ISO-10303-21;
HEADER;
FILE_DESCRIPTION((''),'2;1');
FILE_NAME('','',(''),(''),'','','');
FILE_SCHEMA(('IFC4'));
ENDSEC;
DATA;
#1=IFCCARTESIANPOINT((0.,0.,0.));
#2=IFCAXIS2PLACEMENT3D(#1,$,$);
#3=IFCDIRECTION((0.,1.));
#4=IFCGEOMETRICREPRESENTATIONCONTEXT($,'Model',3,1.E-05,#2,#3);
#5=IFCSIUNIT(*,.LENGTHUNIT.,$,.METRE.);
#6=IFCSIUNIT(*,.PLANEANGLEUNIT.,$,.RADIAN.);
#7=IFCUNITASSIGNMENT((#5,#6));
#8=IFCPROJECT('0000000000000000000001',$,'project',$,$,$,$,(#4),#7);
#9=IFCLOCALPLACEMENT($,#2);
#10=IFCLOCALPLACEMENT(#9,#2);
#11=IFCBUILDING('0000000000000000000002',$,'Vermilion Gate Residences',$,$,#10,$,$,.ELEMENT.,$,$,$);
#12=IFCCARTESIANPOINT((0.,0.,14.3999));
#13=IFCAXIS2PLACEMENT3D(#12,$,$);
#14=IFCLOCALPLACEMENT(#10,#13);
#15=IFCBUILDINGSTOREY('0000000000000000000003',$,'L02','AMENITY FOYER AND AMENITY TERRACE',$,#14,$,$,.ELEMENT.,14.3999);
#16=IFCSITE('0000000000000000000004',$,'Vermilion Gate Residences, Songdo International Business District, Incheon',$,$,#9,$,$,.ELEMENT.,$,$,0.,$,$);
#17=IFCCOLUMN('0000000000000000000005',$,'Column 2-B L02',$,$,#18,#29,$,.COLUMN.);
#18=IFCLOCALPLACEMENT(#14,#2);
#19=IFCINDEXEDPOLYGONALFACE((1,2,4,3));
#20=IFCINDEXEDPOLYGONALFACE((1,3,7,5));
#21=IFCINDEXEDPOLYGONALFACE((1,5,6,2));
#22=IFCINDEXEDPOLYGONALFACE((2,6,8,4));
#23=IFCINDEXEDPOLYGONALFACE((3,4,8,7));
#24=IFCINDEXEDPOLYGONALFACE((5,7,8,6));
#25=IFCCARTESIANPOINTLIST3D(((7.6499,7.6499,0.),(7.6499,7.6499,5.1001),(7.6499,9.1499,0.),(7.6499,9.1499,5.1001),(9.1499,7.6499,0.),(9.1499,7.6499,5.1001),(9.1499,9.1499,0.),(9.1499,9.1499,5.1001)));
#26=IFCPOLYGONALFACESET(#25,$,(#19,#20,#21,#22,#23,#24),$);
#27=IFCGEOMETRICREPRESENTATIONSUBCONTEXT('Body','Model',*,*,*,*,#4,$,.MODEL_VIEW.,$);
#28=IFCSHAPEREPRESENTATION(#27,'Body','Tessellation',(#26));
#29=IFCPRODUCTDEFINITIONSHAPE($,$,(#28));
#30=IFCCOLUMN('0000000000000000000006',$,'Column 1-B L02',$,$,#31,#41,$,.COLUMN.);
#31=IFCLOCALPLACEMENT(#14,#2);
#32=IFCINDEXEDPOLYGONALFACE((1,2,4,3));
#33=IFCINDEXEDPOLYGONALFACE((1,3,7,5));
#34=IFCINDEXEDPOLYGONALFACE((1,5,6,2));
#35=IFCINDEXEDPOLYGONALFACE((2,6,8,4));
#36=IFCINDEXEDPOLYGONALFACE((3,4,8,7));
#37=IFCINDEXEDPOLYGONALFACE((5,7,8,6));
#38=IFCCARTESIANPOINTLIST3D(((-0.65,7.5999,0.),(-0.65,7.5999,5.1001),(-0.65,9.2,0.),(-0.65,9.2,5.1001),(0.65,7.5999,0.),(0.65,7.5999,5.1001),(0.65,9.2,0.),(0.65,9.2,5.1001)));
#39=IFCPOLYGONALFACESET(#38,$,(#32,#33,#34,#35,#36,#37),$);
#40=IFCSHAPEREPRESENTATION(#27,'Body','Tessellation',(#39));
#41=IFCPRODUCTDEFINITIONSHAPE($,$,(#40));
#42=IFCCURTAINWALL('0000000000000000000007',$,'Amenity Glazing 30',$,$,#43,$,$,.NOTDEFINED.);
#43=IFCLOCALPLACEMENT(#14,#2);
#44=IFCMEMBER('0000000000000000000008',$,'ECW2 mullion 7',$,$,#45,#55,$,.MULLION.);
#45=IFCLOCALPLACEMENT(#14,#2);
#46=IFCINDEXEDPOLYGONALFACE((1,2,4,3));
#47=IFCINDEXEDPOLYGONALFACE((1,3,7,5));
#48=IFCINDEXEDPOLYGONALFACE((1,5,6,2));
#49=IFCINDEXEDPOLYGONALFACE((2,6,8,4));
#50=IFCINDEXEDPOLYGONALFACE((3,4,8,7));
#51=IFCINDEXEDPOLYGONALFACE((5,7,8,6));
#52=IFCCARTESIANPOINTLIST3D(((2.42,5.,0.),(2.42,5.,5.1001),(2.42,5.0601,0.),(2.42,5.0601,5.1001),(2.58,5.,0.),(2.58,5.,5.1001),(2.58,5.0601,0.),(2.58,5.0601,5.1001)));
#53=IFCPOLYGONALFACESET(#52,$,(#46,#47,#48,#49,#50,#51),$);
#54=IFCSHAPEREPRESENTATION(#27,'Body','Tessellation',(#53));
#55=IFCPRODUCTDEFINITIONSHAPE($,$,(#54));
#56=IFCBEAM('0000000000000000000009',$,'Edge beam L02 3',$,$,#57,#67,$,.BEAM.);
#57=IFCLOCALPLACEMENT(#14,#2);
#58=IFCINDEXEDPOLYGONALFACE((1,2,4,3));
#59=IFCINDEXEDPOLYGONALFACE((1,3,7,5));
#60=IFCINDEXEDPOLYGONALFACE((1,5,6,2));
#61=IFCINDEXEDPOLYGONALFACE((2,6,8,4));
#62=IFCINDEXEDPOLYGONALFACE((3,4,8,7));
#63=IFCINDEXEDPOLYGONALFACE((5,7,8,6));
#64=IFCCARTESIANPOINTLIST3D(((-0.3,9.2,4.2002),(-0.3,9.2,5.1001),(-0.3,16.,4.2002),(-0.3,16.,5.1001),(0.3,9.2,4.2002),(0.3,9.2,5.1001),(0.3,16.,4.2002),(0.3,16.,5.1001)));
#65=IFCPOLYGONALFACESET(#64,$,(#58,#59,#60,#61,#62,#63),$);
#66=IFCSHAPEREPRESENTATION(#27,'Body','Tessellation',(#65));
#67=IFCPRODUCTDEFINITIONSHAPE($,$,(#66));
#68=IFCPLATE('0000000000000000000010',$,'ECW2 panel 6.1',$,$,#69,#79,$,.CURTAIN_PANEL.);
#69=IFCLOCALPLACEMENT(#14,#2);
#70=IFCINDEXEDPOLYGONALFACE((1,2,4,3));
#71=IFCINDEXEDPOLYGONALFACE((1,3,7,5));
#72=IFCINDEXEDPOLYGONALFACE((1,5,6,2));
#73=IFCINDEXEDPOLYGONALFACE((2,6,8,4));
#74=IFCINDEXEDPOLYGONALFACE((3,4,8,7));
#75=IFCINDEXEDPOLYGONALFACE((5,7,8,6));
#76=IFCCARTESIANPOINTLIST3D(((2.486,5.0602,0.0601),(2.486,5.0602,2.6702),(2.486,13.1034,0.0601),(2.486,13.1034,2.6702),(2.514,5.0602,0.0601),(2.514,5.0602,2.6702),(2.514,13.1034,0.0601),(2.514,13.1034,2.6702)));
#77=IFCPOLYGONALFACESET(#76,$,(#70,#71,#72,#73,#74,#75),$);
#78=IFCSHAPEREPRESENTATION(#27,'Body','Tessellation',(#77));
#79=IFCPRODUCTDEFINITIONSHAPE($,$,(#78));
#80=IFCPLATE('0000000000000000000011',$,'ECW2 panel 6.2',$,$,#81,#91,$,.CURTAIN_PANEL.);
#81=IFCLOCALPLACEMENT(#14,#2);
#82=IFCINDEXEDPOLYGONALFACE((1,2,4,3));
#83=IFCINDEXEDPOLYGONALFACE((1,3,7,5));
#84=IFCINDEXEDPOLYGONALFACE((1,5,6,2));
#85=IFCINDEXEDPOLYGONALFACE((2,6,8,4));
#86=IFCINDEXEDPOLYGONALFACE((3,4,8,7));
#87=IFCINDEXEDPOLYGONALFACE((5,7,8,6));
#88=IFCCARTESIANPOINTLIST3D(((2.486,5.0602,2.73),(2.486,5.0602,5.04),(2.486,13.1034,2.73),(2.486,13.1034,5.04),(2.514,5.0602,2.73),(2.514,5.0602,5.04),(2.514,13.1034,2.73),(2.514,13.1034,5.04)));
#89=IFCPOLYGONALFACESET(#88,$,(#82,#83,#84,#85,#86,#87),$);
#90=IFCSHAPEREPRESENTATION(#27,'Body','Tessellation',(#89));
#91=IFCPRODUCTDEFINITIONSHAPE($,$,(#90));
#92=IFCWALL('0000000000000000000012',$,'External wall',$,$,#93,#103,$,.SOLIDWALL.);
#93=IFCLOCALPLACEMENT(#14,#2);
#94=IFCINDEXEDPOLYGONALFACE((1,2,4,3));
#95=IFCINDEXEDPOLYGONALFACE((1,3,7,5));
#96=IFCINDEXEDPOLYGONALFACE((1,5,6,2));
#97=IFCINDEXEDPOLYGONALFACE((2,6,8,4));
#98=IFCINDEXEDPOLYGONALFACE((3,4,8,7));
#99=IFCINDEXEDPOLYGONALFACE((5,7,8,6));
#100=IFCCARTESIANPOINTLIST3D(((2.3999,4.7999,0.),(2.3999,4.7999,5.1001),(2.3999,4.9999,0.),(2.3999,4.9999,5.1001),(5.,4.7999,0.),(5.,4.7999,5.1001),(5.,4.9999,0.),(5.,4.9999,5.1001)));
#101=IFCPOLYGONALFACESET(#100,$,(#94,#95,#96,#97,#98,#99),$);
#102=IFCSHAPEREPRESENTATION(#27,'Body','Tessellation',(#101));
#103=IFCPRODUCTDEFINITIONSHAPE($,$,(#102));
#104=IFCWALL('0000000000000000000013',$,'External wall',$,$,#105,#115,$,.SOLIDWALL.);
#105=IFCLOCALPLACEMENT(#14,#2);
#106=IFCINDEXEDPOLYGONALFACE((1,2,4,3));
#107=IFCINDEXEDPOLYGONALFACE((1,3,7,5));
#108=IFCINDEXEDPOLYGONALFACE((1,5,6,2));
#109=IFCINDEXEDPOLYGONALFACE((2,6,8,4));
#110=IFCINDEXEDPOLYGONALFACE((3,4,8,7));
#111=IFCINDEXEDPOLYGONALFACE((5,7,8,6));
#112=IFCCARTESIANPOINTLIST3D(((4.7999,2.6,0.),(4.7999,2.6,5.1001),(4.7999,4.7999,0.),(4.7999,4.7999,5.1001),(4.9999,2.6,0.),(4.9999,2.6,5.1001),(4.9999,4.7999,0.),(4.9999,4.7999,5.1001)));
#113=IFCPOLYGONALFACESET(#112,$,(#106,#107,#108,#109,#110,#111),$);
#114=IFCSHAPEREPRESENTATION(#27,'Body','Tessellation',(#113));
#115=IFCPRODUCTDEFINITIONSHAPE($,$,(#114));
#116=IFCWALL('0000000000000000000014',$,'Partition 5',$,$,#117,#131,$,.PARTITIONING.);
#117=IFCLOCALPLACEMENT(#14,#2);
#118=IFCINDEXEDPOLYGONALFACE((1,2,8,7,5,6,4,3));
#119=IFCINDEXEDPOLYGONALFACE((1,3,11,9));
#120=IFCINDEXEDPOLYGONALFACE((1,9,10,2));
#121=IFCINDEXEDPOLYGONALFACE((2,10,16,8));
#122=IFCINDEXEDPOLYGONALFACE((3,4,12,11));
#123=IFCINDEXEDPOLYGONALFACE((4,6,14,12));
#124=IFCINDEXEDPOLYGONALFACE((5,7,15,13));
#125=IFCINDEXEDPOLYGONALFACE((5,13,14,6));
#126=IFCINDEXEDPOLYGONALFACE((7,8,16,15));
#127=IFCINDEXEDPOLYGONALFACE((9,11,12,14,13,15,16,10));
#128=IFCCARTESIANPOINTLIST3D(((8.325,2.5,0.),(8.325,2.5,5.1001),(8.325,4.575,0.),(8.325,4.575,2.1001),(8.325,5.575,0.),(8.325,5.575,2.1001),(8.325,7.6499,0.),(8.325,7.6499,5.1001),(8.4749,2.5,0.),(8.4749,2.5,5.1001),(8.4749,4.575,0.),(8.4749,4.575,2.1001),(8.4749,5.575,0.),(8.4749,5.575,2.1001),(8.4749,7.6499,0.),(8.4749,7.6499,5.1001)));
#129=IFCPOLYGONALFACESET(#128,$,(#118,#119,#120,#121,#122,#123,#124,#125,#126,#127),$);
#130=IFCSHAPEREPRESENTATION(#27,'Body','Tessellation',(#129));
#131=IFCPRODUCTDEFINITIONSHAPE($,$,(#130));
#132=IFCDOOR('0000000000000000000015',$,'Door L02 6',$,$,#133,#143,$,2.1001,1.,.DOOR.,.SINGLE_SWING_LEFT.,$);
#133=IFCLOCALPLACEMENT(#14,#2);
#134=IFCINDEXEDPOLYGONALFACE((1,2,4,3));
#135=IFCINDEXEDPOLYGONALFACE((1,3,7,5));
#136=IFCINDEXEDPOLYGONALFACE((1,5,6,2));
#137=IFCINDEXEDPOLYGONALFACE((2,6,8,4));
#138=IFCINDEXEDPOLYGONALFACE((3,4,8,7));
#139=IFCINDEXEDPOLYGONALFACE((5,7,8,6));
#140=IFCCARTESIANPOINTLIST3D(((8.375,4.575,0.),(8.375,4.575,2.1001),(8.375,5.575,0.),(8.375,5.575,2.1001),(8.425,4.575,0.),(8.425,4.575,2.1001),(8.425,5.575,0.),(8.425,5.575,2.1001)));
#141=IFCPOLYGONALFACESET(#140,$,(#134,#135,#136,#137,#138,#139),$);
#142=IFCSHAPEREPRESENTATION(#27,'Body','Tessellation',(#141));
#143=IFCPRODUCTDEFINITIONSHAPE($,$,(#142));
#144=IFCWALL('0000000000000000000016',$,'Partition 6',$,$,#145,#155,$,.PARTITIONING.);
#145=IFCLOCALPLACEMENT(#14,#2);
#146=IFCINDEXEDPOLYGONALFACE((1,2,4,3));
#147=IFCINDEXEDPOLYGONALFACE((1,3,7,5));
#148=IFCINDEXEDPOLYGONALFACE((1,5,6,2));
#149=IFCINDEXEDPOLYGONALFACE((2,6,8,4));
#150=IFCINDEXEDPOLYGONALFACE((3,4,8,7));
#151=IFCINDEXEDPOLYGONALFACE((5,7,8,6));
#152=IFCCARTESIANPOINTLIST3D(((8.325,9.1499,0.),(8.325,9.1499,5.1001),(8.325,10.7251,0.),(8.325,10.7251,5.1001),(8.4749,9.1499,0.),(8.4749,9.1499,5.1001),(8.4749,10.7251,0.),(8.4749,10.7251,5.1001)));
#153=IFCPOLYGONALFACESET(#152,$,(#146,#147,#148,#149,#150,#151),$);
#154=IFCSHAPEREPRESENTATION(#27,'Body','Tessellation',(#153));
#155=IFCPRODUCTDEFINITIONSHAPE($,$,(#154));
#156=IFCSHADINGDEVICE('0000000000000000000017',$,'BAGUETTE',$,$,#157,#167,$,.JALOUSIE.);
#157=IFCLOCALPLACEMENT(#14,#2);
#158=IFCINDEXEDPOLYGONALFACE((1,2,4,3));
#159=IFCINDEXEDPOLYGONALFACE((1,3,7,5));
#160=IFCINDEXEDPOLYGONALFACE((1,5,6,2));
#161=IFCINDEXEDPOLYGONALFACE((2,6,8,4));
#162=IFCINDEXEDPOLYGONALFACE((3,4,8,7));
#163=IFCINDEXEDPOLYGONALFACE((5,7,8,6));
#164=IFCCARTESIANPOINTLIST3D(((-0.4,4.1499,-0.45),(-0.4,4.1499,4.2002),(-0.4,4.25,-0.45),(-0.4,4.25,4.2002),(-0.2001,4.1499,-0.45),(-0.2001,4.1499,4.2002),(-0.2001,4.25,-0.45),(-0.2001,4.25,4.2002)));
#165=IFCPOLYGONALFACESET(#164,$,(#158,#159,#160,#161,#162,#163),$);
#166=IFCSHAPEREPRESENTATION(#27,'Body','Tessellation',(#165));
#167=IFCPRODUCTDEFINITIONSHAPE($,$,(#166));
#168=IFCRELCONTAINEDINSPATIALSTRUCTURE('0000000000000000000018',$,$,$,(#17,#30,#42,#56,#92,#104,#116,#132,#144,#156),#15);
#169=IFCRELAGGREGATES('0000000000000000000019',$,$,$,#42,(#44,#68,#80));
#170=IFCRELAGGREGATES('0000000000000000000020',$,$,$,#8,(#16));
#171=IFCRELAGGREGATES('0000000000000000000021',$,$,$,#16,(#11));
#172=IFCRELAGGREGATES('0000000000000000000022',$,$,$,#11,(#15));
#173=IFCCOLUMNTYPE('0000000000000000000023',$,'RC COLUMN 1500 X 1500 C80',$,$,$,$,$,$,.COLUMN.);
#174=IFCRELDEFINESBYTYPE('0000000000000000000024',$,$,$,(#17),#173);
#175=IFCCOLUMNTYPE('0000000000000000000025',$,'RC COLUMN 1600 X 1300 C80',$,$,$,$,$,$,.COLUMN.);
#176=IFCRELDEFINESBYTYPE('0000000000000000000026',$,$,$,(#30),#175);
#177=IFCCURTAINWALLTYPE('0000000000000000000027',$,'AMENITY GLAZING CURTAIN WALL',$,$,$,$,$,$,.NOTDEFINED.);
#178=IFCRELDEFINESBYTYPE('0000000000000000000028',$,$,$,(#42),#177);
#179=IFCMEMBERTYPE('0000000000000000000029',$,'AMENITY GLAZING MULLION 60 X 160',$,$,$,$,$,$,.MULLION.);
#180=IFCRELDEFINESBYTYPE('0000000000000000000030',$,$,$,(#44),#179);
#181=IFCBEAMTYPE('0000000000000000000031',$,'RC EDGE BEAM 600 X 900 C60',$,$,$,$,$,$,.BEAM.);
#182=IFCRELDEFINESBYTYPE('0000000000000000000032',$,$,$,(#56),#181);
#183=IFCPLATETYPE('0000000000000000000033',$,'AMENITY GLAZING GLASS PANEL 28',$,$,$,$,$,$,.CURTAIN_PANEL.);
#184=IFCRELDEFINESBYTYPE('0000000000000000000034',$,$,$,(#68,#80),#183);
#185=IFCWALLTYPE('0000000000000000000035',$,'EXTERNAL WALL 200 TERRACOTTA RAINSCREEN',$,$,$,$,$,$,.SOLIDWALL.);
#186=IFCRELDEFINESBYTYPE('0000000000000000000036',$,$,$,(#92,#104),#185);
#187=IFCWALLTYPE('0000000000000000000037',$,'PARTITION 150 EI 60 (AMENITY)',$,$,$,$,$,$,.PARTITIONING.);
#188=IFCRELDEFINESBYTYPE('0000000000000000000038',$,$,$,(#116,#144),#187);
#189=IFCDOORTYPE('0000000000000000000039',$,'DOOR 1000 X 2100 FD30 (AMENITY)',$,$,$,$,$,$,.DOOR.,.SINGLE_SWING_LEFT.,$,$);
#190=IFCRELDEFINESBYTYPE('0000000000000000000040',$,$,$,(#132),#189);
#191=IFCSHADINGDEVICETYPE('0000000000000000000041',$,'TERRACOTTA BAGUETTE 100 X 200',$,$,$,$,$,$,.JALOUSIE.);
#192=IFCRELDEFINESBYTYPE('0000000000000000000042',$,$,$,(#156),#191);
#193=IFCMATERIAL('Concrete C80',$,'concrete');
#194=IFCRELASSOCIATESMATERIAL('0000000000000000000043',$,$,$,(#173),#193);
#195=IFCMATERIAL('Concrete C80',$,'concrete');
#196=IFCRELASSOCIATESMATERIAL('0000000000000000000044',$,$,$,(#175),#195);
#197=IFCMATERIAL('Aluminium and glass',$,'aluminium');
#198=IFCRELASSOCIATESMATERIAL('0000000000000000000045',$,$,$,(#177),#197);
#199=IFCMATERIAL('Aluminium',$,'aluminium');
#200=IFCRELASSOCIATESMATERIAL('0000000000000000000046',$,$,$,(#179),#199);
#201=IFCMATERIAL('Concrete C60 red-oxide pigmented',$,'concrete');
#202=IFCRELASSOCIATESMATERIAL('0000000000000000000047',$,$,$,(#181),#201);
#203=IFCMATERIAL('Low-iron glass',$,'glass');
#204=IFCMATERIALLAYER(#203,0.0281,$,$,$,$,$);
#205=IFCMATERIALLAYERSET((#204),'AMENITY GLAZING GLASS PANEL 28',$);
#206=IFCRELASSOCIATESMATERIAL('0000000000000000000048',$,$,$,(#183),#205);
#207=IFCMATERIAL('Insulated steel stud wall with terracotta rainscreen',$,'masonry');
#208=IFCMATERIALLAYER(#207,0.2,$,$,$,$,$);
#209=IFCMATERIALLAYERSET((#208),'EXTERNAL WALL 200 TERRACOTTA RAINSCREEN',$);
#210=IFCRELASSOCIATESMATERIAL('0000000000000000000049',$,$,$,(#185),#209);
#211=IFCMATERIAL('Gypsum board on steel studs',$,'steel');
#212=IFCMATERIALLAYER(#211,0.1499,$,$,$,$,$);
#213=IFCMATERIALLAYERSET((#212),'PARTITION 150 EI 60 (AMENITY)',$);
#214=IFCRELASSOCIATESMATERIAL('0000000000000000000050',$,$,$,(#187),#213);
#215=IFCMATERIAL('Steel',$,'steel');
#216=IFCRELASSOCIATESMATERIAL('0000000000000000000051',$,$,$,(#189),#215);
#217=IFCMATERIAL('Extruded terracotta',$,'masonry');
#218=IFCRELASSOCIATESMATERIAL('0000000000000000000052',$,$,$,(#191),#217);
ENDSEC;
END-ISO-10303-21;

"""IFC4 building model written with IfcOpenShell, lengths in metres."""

from ifc_helpers import new_model, si_unit, direction, frame, frame_2d, origin, origin_2d, place, context, subcontext, project, spatial, rectangle, extrude, material, layer, layer_set, material_profile, profile_set, type_object, element, fill, aggregate, save


model = new_model("IFC4")

# Units and contexts
model_context = context("Model", 3, precision=1e-05, world=origin(), true_north=direction((0.0, 1.0)))
body_context = subcontext(model_context, "Body", "Model", "MODEL_VIEW")
ifc_project = project(units=[si_unit("LENGTHUNIT", "METRE"), si_unit("PLANEANGLEUNIT", "RADIAN")], contexts=[model_context])

# Site, building, storey
site_placement = place(None, origin())
site = spatial("IfcSite", under=ifc_project, at=site_placement, Name="Vermilion Gate Residences, Songdo International Business District, Incheon", CompositionType="ELEMENT", RefElevation=0.0)
building_placement = place(site_placement, origin())
building = spatial("IfcBuilding", under=site, at=building_placement, Name="Vermilion Gate Residences", CompositionType="ELEMENT")
storey_placement = place(building_placement, frame((0.0, 0.0, 14.3999)))
storey = spatial("IfcBuildingStorey", under=building, at=storey_placement, Name="L02", Description="AMENITY FOYER AND AMENITY TERRACE", CompositionType="ELEMENT", Elevation=14.3999)

# Columns
ifc_material_1 = material(Name="Concrete C80", Category="concrete")
ifc_material_profile_1 = material_profile(ifc_material_1, rectangle(XDim=1.5, YDim=1.5, at=origin_2d()), Name="RC-1500x1500")
ifc_profile_set_1 = profile_set([ifc_material_profile_1], Name="Concrete C80")
column_type_1 = type_object("IfcColumnType", Name="RC COLUMN 1500 X 1500 C80", PredefinedType="COLUMN", material=ifc_profile_set_1)
column_1_placement = place(storey_placement, frame((8.3999, 8.3999, 0.0), z_axis=(0.0, 0.0, 1.0), x_axis=(1.0, 0.0, 0.0)))
element("IfcColumn", 1, at=column_1_placement, inside=storey, type_object=column_type_1, Name="Column 2-B L02", PredefinedType="COLUMN", context=body_context, shape_type="SweptSolid", body=[
    extrude(rectangle(XDim=1.5, YDim=1.5, at=origin_2d()), origin(), (0.0, 0.0, 1.0), 5.1001),
])
ifc_material_2 = material(Name="Concrete C80", Category="concrete")
ifc_material_profile_2 = material_profile(ifc_material_2, rectangle(XDim=1.6001, YDim=1.3, at=origin_2d()), Name="RC-1600x1300")
ifc_profile_set_2 = profile_set([ifc_material_profile_2], Name="Concrete C80")
column_type_2 = type_object("IfcColumnType", Name="RC COLUMN 1600 X 1300 C80", PredefinedType="COLUMN", material=ifc_profile_set_2)
column_2_placement = place(storey_placement, frame((0.0, 8.3999, 0.0), z_axis=(0.0, 0.0, 1.0), x_axis=(0.0, 1.0, 0.0)))
element("IfcColumn", 2, at=column_2_placement, inside=storey, type_object=column_type_2, Name="Column 1-B L02", PredefinedType="COLUMN", context=body_context, shape_type="SweptSolid", body=[
    extrude(rectangle(XDim=1.6001, YDim=1.3, at=origin_2d()), origin(), (0.0, 0.0, 1.0), 5.1001),
])

# Curtain wall, member
ifc_material_3 = material(Name="Aluminium and glass", Category="aluminium")
curtain_wall_type = type_object("IfcCurtainWallType", Name="AMENITY GLAZING CURTAIN WALL", PredefinedType="NOTDEFINED", material=ifc_material_3)
curtain_wall_placement = place(storey_placement, origin())
curtain_wall = element("IfcCurtainWall", 3, at=curtain_wall_placement, inside=storey, type_object=curtain_wall_type, Name="Amenity Glazing 30", PredefinedType="NOTDEFINED")
ifc_material_4 = material(Name="Aluminium", Category="aluminium")
ifc_material_profile_3 = material_profile(ifc_material_4, rectangle(XDim=0.1599, YDim=0.0601, at=origin_2d()), Name="MULLION 60 X 160")
ifc_profile_set_3 = profile_set([ifc_material_profile_3], Name="Aluminium")
member_type = type_object("IfcMemberType", Name="AMENITY GLAZING MULLION 60 X 160", PredefinedType="MULLION", material=ifc_profile_set_3)
member_placement = place(storey_placement, frame((2.5, 5.03, 0.0), z_axis=(0.0, 0.0, 1.0), x_axis=(1.0, 0.0, 0.0)))
member = element("IfcMember", 4, at=member_placement, type_object=member_type, Name="ECW2 mullion 7", PredefinedType="MULLION", context=body_context, shape_type="SweptSolid", body=[
    extrude(rectangle(XDim=0.1599, YDim=0.0601, at=origin_2d()), origin(), (0.0, 0.0, 1.0), 5.1001),
])

# Beam
ifc_material_5 = material(Name="Concrete C60 red-oxide pigmented", Category="concrete")
ifc_material_profile_4 = material_profile(ifc_material_5, rectangle(XDim=0.6001, YDim=0.8999, at=origin_2d()), Name="RC-600x900")
ifc_profile_set_4 = profile_set([ifc_material_profile_4], Name="Concrete C60 red-oxide pigmented")
beam_type = type_object("IfcBeamType", Name="RC EDGE BEAM 600 X 900 C60", PredefinedType="BEAM", material=ifc_profile_set_4)
beam_placement = place(storey_placement, frame((0.0, 9.2, 4.6501), z_axis=(0.0, 1.0, 0.0), x_axis=(-1.0, 0.0, 0.0)))
element("IfcBeam", 5, at=beam_placement, inside=storey, type_object=beam_type, Name="Edge beam L02 3", PredefinedType="BEAM", context=body_context, shape_type="SweptSolid", body=[
    extrude(rectangle(XDim=0.6001, YDim=0.8999, at=origin_2d()), origin(), (0.0, 0.0, 1.0), 6.8),
])

# Plates
ifc_material_6 = material(Name="Low-iron glass", Category="glass")
ifc_layer_1 = layer(ifc_material_6, 0.0281)
ifc_layer_set_1 = layer_set([ifc_layer_1], Name="AMENITY GLAZING GLASS PANEL 28")
plate_type = type_object("IfcPlateType", Name="AMENITY GLAZING GLASS PANEL 28", PredefinedType="CURTAIN_PANEL", material=ifc_layer_set_1)
plate_1_placement = place(storey_placement, frame((2.5, 9.0818, 0.0601), z_axis=(0.0, 0.0, 1.0), x_axis=(0.0, -1.0, 0.0)))
plate_1 = element("IfcPlate", 6, at=plate_1_placement, type_object=plate_type, Name="ECW2 panel 6.1", PredefinedType="CURTAIN_PANEL", context=body_context, shape_type="SweptSolid", body=[
    extrude(rectangle(XDim=8.0432, YDim=0.0281, at=origin_2d()), origin(), (0.0, 0.0, 1.0), 2.6101),
])
plate_2_placement = place(storey_placement, frame((2.5, 9.0818, 2.73), z_axis=(0.0, 0.0, 1.0), x_axis=(0.0, -1.0, 0.0)))
plate_2 = element("IfcPlate", 7, at=plate_2_placement, type_object=plate_type, Name="ECW2 panel 6.2", PredefinedType="CURTAIN_PANEL", context=body_context, shape_type="SweptSolid", body=[
    extrude(rectangle(XDim=8.0432, YDim=0.0281, at=origin_2d()), origin(), (0.0, 0.0, 1.0), 2.3101),
])
aggregate(curtain_wall, [member, plate_1, plate_2])

# Walls
ifc_material_7 = material(Name="Insulated steel stud wall with terracotta rainscreen", Category="masonry")
ifc_layer_2 = layer(ifc_material_7, 0.2)
ifc_layer_set_2 = layer_set([ifc_layer_2], Name="EXTERNAL WALL 200 TERRACOTTA RAINSCREEN")
wall_type_1 = type_object("IfcWallType", Name="EXTERNAL WALL 200 TERRACOTTA RAINSCREEN", PredefinedType="SOLIDWALL", material=ifc_layer_set_2)
wall_1_placement = place(storey_placement, frame((2.3999, 4.8999, 0.0), z_axis=(0.0, 0.0, 1.0), x_axis=(1.0, 0.0, 0.0)))
element("IfcWall", 8, at=wall_1_placement, inside=storey, type_object=wall_type_1, Name="External wall", PredefinedType="SOLIDWALL", context=body_context, shape_type="SweptSolid", body=[
    extrude(rectangle(XDim=2.6001, YDim=0.2, at=frame_2d((1.3, 0.0))), origin(), (0.0, 0.0, 1.0), 5.1001),
])
wall_2_placement = place(storey_placement, frame((4.8999, 4.8, 0.0), z_axis=(0.0, 0.0, 1.0), x_axis=(0.0, -1.0, 0.0)))
element("IfcWall", 9, at=wall_2_placement, inside=storey, type_object=wall_type_1, Name="External wall", PredefinedType="SOLIDWALL", context=body_context, shape_type="SweptSolid", body=[
    extrude(rectangle(XDim=2.2, YDim=0.2, at=frame_2d((1.1001, 0.0))), origin(), (0.0, 0.0, 1.0), 5.1001),
])

# Wall, opening, door
ifc_material_8 = material(Name="Gypsum board on steel studs", Category="steel")
ifc_layer_3 = layer(ifc_material_8, 0.1499)
ifc_layer_set_3 = layer_set([ifc_layer_3], Name="PARTITION 150 EI 60 (AMENITY)")
wall_type_2 = type_object("IfcWallType", Name="PARTITION 150 EI 60 (AMENITY)", PredefinedType="PARTITIONING", material=ifc_layer_set_3)
wall_3_placement = place(storey_placement, frame((8.3999, 2.5, 0.0), z_axis=(0.0, 0.0, 1.0), x_axis=(0.0, 1.0, 0.0)))
wall_3 = element("IfcWall", 10, at=wall_3_placement, inside=storey, type_object=wall_type_2, Name="Partition 5", PredefinedType="PARTITIONING", context=body_context, shape_type="SweptSolid", body=[
    extrude(rectangle(XDim=5.1499, YDim=0.1499, at=frame_2d((2.575, 0.0))), origin(), (0.0, 0.0, 1.0), 5.1001),
])
opening_placement = place(wall_3_placement, frame((2.075, 0.0, 0.0)))
opening = element("IfcOpeningElement", 11, at=opening_placement, cuts=wall_3, PredefinedType="OPENING", context=body_context, shape_type="SweptSolid", body=[
    extrude(rectangle(XDim=1.0, YDim=2.1001, at=frame_2d((0.5, 1.05))), frame((0.0, 0.085, 0.0), z_axis=(0.0, -1.0, 0.0), x_axis=(1.0, 0.0, 0.0)), (0.0, 0.0, 1.0), 0.1699),
])
ifc_material_9 = material(Name="Steel", Category="steel")
door_type = type_object("IfcDoorType", Name="DOOR 1000 X 2100 FD30 (AMENITY)", OperationType="SINGLE_SWING_LEFT", PredefinedType="DOOR", material=ifc_material_9)
door_placement = place(opening_placement, origin())
door = element("IfcDoor", 12, at=door_placement, inside=storey, type_object=door_type, Name="Door L02 6", OperationType="SINGLE_SWING_LEFT", OverallHeight=2.1001, OverallWidth=1.0, PredefinedType="DOOR", context=body_context, shape_type="SweptSolid", body=[
    extrude(rectangle(XDim=1.0, YDim=2.1001, at=frame_2d((0.5, 1.05))), frame((0.0, 0.0249, 0.0), z_axis=(0.0, -1.0, 0.0), x_axis=(1.0, 0.0, 0.0)), (0.0, 0.0, 1.0), 0.05),
])
fill(opening, door)

# Wall
wall_4_placement = place(storey_placement, frame((8.3999, 9.1499, 0.0), z_axis=(0.0, 0.0, 1.0), x_axis=(0.0, 1.0, 0.0)))
element("IfcWall", 13, at=wall_4_placement, inside=storey, type_object=wall_type_2, Name="Partition 6", PredefinedType="PARTITIONING", context=body_context, shape_type="SweptSolid", body=[
    extrude(rectangle(XDim=1.5752, YDim=0.1499, at=frame_2d((0.7876, 0.0))), origin(), (0.0, 0.0, 1.0), 5.1001),
])

# Shading device
ifc_material_10 = material(Name="Extruded terracotta", Category="masonry")
ifc_material_profile_5 = material_profile(ifc_material_10, rectangle(XDim=0.2, YDim=0.1001, at=origin_2d()), Name="BAGUETTE 100 X 200")
ifc_profile_set_5 = profile_set([ifc_material_profile_5], Name="Extruded terracotta")
shading_device_type = type_object("IfcShadingDeviceType", Name="TERRACOTTA BAGUETTE 100 X 200", PredefinedType="JALOUSIE", material=ifc_profile_set_5)
shading_device_placement = place(storey_placement, frame((-0.3, 4.2, -0.45), z_axis=(0.0, 0.0, 1.0), x_axis=(1.0, 0.0, 0.0)))
element("IfcShadingDevice", 14, at=shading_device_placement, inside=storey, type_object=shading_device_type, Name="BAGUETTE", PredefinedType="JALOUSIE", context=body_context, shape_type="SweptSolid", body=[
    extrude(rectangle(XDim=0.2, YDim=0.1001, at=origin_2d()), origin(), (0.0, 0.0, 1.0), 4.6501),
])

save(model, "model.ifc")
